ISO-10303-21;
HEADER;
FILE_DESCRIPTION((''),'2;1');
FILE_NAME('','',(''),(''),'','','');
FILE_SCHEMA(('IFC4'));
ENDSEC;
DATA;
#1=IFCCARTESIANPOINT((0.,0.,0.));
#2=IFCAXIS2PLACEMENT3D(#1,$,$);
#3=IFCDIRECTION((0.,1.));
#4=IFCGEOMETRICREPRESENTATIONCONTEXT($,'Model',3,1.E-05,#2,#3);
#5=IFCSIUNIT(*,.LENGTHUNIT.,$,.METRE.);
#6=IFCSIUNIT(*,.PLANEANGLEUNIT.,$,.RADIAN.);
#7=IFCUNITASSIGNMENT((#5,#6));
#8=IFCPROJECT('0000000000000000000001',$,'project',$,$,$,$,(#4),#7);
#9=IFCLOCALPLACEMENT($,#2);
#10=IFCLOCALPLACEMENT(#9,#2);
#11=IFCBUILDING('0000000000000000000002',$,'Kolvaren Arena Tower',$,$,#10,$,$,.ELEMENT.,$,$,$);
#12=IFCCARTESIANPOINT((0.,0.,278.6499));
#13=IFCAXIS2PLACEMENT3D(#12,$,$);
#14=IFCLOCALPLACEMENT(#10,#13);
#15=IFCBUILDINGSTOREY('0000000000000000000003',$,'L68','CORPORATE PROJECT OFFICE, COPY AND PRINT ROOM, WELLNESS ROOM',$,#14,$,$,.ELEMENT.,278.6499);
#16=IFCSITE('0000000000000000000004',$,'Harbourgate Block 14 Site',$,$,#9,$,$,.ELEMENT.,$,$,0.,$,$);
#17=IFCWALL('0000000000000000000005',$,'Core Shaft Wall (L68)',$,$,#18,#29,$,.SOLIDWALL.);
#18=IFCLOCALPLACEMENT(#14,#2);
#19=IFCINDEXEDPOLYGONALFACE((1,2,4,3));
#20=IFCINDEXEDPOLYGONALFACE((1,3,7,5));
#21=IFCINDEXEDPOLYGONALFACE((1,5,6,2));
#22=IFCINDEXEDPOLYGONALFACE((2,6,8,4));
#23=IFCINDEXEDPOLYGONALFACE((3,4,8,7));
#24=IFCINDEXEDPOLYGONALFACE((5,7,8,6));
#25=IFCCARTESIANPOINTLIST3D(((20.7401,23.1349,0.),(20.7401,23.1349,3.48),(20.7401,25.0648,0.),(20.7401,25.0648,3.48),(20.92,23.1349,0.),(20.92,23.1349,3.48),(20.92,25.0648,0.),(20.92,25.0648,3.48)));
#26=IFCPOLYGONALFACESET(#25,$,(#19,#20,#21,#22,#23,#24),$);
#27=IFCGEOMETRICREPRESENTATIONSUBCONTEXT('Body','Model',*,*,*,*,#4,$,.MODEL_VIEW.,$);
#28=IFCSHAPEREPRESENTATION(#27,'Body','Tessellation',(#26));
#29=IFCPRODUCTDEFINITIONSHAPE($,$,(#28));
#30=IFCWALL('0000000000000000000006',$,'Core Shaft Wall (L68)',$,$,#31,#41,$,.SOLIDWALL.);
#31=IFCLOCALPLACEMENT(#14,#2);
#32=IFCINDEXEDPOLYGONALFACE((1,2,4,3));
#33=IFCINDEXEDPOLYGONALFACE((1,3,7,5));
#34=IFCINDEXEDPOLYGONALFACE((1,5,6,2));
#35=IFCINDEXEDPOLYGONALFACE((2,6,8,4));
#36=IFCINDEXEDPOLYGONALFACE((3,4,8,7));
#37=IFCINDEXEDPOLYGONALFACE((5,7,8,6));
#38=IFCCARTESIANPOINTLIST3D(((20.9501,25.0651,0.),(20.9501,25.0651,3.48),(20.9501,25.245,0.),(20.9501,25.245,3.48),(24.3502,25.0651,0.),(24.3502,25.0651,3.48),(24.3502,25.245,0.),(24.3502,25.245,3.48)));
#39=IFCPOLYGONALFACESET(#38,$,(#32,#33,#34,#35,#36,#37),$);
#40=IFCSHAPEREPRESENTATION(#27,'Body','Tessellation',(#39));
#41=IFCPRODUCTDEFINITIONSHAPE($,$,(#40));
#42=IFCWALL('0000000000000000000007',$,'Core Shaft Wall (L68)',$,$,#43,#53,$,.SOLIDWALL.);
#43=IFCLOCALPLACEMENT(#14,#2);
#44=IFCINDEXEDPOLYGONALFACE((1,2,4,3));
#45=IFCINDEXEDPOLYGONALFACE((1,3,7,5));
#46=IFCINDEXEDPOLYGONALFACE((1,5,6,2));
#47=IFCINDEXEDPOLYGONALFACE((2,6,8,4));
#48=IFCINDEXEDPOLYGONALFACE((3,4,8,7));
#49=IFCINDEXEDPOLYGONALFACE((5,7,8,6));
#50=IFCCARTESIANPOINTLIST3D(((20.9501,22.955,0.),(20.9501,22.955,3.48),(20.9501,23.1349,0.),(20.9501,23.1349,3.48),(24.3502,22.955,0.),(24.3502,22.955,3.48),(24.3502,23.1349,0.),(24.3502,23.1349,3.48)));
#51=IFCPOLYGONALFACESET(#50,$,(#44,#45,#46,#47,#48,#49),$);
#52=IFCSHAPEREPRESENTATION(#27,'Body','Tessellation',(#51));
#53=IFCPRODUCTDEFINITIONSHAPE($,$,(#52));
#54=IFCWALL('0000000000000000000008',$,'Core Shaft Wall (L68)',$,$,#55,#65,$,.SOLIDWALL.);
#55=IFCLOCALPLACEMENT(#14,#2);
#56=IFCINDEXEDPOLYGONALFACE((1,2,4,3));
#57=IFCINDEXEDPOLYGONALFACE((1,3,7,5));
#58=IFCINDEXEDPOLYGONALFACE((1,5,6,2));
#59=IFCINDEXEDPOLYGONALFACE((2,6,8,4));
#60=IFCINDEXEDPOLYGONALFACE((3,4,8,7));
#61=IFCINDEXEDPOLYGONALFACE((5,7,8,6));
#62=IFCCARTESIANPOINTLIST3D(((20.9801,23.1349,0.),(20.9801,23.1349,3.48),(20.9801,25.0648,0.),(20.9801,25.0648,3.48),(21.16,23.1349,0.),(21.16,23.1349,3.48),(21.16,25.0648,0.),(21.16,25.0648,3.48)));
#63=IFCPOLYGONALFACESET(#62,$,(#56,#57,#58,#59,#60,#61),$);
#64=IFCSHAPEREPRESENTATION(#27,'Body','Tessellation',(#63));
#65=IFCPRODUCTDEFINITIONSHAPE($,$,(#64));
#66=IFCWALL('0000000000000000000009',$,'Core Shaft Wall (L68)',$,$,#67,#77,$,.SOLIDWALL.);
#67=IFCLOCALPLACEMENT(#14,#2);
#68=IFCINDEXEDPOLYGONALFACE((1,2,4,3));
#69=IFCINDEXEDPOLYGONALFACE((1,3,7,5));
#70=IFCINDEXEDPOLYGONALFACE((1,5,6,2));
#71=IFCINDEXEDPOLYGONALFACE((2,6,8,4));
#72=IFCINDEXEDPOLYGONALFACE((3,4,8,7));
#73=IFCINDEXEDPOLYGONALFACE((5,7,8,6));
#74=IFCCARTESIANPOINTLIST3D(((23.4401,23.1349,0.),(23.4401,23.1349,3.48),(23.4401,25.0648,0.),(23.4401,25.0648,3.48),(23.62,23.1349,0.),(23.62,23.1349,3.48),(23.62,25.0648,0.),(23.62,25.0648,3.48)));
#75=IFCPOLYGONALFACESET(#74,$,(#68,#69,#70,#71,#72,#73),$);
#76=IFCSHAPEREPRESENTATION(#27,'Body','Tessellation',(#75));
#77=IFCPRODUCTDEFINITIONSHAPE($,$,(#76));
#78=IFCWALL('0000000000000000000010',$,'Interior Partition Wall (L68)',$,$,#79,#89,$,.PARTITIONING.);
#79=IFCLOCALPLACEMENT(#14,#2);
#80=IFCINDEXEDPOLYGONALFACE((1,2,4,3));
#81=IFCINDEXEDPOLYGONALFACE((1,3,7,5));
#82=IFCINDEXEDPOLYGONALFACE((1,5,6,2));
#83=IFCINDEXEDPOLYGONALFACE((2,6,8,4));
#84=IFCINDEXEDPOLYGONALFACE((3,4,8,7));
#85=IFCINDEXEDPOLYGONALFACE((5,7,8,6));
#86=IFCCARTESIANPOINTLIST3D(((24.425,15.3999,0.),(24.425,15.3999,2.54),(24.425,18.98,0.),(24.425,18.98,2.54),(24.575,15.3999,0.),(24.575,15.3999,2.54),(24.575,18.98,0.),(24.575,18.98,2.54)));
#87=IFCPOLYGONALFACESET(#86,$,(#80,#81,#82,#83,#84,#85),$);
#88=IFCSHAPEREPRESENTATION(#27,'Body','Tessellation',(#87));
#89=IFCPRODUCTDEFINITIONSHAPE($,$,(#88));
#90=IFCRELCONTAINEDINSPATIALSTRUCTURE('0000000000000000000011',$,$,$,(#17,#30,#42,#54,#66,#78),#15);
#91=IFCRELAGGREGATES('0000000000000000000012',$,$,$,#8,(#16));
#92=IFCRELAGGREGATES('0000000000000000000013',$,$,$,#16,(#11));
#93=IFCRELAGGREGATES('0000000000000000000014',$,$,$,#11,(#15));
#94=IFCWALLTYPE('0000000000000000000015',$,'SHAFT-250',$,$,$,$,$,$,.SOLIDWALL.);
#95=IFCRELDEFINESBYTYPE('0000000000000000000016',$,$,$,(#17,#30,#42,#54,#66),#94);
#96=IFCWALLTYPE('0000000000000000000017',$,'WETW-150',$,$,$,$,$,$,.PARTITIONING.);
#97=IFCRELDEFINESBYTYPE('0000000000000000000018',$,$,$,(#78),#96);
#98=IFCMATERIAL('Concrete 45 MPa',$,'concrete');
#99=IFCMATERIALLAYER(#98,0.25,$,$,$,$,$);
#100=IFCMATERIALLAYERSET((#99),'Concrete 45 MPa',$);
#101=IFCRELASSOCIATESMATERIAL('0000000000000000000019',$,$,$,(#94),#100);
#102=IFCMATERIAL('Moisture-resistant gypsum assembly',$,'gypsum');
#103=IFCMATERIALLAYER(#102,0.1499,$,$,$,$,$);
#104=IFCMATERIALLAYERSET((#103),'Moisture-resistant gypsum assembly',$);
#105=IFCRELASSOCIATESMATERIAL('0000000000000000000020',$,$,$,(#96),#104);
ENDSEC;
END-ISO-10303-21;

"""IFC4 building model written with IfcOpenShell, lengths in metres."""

from ifc_helpers import new_model, si_unit, direction, frame, frame_2d, origin, place, context, subcontext, project, spatial, rectangle, extrude, material, layer, layer_set, type_object, element, save


model = new_model("IFC4")

# Units and contexts
model_context = context("Model", 3, precision=1e-05, world=origin(), true_north=direction((0.0, 1.0)))
body_context = subcontext(model_context, "Body", "Model", "MODEL_VIEW")
ifc_project = project(units=[si_unit("LENGTHUNIT", "METRE"), si_unit("PLANEANGLEUNIT", "RADIAN")], contexts=[model_context])

# Site, building, storey
site_placement = place(None, origin())
site = spatial("IfcSite", under=ifc_project, at=site_placement, Name="Harbourgate Block 14 Site", CompositionType="ELEMENT", RefElevation=0.0)
building_placement = place(site_placement, origin())
building = spatial("IfcBuilding", under=site, at=building_placement, Name="Kolvaren Arena Tower", CompositionType="ELEMENT")
storey_placement = place(building_placement, frame((0.0, 0.0, 278.6499)))
storey = spatial("IfcBuildingStorey", under=building, at=storey_placement, Name="L68", Description="CORPORATE PROJECT OFFICE, COPY AND PRINT ROOM, WELLNESS ROOM", CompositionType="ELEMENT", Elevation=278.6499)

# Walls
ifc_material_1 = material(Name="Concrete 45 MPa", Category="concrete")
ifc_layer_1 = layer(ifc_material_1, 0.25)
ifc_layer_set_1 = layer_set([ifc_layer_1], Name="Concrete 45 MPa")
wall_type_1 = type_object("IfcWallType", Name="SHAFT-250", PredefinedType="SOLIDWALL", material=ifc_layer_set_1)
for number, where, z_axis, x_axis, name in (
    (1, (20.8301, 23.135, 0.0), (0.0, 0.0, 1.0), (0.0, 1.0, 0.0), "Core Shaft Wall (L68)"),
):
    element("IfcWall", number, at=place(storey_placement, frame(where, z_axis=z_axis, x_axis=x_axis)), inside=storey, type_object=wall_type_1, Name=name, PredefinedType="SOLIDWALL", context=body_context, shape_type="SweptSolid", body=[
        extrude(rectangle(XDim=1.9299, YDim=0.1799, at=frame_2d((0.9648, 0.0))), origin(), (0.0, 0.0, 1.0), 3.48),
    ])
for number, where, z_axis, x_axis, name in (
    (2, (20.95, 25.155, 0.0), (0.0, 0.0, 1.0), (1.0, 0.0, 0.0), "Core Shaft Wall (L68)"),
    (3, (20.95, 23.0449, 0.0), (0.0, 0.0, 1.0), (1.0, 0.0, 0.0), "Core Shaft Wall (L68)"),
):
    element("IfcWall", number, at=place(storey_placement, frame(where, z_axis=z_axis, x_axis=x_axis)), inside=storey, type_object=wall_type_1, Name=name, PredefinedType="SOLIDWALL", context=body_context, shape_type="SweptSolid", body=[
        extrude(rectangle(XDim=3.4001, YDim=0.1799, at=frame_2d((1.7002, 0.0))), origin(), (0.0, 0.0, 1.0), 3.48),
    ])
for number, where, z_axis, x_axis, name in (
    (4, (21.0701, 23.135, 0.0), (0.0, 0.0, 1.0), (0.0, 1.0, 0.0), "Core Shaft Wall (L68)"),
    (5, (23.53, 23.135, 0.0), (0.0, 0.0, 1.0), (0.0, 1.0, 0.0), "Core Shaft Wall (L68)"),
):
    element("IfcWall", number, at=place(storey_placement, frame(where, z_axis=z_axis, x_axis=x_axis)), inside=storey, type_object=wall_type_1, Name=name, PredefinedType="SOLIDWALL", context=body_context, shape_type="SweptSolid", body=[
        extrude(rectangle(XDim=1.9299, YDim=0.1799, at=frame_2d((0.9648, 0.0))), origin(), (0.0, 0.0, 1.0), 3.48),
    ])
ifc_material_2 = material(Name="Moisture-resistant gypsum assembly", Category="gypsum")
ifc_layer_2 = layer(ifc_material_2, 0.1499)
ifc_layer_set_2 = layer_set([ifc_layer_2], Name="Moisture-resistant gypsum assembly")
wall_type_2 = type_object("IfcWallType", Name="WETW-150", PredefinedType="PARTITIONING", material=ifc_layer_set_2)
wall_1_placement = place(storey_placement, frame((24.5, 15.3999, 0.0), z_axis=(0.0, 0.0, 1.0), x_axis=(0.0, 1.0, 0.0)))
element("IfcWall", 6, at=wall_1_placement, inside=storey, type_object=wall_type_2, Name="Interior Partition Wall (L68)", PredefinedType="PARTITIONING", context=body_context, shape_type="SweptSolid", body=[
    extrude(rectangle(XDim=3.5801, YDim=0.1499, at=frame_2d((1.79, 0.0))), origin(), (0.0, 0.0, 1.0), 2.54),
])

save(model, "model.ifc")
